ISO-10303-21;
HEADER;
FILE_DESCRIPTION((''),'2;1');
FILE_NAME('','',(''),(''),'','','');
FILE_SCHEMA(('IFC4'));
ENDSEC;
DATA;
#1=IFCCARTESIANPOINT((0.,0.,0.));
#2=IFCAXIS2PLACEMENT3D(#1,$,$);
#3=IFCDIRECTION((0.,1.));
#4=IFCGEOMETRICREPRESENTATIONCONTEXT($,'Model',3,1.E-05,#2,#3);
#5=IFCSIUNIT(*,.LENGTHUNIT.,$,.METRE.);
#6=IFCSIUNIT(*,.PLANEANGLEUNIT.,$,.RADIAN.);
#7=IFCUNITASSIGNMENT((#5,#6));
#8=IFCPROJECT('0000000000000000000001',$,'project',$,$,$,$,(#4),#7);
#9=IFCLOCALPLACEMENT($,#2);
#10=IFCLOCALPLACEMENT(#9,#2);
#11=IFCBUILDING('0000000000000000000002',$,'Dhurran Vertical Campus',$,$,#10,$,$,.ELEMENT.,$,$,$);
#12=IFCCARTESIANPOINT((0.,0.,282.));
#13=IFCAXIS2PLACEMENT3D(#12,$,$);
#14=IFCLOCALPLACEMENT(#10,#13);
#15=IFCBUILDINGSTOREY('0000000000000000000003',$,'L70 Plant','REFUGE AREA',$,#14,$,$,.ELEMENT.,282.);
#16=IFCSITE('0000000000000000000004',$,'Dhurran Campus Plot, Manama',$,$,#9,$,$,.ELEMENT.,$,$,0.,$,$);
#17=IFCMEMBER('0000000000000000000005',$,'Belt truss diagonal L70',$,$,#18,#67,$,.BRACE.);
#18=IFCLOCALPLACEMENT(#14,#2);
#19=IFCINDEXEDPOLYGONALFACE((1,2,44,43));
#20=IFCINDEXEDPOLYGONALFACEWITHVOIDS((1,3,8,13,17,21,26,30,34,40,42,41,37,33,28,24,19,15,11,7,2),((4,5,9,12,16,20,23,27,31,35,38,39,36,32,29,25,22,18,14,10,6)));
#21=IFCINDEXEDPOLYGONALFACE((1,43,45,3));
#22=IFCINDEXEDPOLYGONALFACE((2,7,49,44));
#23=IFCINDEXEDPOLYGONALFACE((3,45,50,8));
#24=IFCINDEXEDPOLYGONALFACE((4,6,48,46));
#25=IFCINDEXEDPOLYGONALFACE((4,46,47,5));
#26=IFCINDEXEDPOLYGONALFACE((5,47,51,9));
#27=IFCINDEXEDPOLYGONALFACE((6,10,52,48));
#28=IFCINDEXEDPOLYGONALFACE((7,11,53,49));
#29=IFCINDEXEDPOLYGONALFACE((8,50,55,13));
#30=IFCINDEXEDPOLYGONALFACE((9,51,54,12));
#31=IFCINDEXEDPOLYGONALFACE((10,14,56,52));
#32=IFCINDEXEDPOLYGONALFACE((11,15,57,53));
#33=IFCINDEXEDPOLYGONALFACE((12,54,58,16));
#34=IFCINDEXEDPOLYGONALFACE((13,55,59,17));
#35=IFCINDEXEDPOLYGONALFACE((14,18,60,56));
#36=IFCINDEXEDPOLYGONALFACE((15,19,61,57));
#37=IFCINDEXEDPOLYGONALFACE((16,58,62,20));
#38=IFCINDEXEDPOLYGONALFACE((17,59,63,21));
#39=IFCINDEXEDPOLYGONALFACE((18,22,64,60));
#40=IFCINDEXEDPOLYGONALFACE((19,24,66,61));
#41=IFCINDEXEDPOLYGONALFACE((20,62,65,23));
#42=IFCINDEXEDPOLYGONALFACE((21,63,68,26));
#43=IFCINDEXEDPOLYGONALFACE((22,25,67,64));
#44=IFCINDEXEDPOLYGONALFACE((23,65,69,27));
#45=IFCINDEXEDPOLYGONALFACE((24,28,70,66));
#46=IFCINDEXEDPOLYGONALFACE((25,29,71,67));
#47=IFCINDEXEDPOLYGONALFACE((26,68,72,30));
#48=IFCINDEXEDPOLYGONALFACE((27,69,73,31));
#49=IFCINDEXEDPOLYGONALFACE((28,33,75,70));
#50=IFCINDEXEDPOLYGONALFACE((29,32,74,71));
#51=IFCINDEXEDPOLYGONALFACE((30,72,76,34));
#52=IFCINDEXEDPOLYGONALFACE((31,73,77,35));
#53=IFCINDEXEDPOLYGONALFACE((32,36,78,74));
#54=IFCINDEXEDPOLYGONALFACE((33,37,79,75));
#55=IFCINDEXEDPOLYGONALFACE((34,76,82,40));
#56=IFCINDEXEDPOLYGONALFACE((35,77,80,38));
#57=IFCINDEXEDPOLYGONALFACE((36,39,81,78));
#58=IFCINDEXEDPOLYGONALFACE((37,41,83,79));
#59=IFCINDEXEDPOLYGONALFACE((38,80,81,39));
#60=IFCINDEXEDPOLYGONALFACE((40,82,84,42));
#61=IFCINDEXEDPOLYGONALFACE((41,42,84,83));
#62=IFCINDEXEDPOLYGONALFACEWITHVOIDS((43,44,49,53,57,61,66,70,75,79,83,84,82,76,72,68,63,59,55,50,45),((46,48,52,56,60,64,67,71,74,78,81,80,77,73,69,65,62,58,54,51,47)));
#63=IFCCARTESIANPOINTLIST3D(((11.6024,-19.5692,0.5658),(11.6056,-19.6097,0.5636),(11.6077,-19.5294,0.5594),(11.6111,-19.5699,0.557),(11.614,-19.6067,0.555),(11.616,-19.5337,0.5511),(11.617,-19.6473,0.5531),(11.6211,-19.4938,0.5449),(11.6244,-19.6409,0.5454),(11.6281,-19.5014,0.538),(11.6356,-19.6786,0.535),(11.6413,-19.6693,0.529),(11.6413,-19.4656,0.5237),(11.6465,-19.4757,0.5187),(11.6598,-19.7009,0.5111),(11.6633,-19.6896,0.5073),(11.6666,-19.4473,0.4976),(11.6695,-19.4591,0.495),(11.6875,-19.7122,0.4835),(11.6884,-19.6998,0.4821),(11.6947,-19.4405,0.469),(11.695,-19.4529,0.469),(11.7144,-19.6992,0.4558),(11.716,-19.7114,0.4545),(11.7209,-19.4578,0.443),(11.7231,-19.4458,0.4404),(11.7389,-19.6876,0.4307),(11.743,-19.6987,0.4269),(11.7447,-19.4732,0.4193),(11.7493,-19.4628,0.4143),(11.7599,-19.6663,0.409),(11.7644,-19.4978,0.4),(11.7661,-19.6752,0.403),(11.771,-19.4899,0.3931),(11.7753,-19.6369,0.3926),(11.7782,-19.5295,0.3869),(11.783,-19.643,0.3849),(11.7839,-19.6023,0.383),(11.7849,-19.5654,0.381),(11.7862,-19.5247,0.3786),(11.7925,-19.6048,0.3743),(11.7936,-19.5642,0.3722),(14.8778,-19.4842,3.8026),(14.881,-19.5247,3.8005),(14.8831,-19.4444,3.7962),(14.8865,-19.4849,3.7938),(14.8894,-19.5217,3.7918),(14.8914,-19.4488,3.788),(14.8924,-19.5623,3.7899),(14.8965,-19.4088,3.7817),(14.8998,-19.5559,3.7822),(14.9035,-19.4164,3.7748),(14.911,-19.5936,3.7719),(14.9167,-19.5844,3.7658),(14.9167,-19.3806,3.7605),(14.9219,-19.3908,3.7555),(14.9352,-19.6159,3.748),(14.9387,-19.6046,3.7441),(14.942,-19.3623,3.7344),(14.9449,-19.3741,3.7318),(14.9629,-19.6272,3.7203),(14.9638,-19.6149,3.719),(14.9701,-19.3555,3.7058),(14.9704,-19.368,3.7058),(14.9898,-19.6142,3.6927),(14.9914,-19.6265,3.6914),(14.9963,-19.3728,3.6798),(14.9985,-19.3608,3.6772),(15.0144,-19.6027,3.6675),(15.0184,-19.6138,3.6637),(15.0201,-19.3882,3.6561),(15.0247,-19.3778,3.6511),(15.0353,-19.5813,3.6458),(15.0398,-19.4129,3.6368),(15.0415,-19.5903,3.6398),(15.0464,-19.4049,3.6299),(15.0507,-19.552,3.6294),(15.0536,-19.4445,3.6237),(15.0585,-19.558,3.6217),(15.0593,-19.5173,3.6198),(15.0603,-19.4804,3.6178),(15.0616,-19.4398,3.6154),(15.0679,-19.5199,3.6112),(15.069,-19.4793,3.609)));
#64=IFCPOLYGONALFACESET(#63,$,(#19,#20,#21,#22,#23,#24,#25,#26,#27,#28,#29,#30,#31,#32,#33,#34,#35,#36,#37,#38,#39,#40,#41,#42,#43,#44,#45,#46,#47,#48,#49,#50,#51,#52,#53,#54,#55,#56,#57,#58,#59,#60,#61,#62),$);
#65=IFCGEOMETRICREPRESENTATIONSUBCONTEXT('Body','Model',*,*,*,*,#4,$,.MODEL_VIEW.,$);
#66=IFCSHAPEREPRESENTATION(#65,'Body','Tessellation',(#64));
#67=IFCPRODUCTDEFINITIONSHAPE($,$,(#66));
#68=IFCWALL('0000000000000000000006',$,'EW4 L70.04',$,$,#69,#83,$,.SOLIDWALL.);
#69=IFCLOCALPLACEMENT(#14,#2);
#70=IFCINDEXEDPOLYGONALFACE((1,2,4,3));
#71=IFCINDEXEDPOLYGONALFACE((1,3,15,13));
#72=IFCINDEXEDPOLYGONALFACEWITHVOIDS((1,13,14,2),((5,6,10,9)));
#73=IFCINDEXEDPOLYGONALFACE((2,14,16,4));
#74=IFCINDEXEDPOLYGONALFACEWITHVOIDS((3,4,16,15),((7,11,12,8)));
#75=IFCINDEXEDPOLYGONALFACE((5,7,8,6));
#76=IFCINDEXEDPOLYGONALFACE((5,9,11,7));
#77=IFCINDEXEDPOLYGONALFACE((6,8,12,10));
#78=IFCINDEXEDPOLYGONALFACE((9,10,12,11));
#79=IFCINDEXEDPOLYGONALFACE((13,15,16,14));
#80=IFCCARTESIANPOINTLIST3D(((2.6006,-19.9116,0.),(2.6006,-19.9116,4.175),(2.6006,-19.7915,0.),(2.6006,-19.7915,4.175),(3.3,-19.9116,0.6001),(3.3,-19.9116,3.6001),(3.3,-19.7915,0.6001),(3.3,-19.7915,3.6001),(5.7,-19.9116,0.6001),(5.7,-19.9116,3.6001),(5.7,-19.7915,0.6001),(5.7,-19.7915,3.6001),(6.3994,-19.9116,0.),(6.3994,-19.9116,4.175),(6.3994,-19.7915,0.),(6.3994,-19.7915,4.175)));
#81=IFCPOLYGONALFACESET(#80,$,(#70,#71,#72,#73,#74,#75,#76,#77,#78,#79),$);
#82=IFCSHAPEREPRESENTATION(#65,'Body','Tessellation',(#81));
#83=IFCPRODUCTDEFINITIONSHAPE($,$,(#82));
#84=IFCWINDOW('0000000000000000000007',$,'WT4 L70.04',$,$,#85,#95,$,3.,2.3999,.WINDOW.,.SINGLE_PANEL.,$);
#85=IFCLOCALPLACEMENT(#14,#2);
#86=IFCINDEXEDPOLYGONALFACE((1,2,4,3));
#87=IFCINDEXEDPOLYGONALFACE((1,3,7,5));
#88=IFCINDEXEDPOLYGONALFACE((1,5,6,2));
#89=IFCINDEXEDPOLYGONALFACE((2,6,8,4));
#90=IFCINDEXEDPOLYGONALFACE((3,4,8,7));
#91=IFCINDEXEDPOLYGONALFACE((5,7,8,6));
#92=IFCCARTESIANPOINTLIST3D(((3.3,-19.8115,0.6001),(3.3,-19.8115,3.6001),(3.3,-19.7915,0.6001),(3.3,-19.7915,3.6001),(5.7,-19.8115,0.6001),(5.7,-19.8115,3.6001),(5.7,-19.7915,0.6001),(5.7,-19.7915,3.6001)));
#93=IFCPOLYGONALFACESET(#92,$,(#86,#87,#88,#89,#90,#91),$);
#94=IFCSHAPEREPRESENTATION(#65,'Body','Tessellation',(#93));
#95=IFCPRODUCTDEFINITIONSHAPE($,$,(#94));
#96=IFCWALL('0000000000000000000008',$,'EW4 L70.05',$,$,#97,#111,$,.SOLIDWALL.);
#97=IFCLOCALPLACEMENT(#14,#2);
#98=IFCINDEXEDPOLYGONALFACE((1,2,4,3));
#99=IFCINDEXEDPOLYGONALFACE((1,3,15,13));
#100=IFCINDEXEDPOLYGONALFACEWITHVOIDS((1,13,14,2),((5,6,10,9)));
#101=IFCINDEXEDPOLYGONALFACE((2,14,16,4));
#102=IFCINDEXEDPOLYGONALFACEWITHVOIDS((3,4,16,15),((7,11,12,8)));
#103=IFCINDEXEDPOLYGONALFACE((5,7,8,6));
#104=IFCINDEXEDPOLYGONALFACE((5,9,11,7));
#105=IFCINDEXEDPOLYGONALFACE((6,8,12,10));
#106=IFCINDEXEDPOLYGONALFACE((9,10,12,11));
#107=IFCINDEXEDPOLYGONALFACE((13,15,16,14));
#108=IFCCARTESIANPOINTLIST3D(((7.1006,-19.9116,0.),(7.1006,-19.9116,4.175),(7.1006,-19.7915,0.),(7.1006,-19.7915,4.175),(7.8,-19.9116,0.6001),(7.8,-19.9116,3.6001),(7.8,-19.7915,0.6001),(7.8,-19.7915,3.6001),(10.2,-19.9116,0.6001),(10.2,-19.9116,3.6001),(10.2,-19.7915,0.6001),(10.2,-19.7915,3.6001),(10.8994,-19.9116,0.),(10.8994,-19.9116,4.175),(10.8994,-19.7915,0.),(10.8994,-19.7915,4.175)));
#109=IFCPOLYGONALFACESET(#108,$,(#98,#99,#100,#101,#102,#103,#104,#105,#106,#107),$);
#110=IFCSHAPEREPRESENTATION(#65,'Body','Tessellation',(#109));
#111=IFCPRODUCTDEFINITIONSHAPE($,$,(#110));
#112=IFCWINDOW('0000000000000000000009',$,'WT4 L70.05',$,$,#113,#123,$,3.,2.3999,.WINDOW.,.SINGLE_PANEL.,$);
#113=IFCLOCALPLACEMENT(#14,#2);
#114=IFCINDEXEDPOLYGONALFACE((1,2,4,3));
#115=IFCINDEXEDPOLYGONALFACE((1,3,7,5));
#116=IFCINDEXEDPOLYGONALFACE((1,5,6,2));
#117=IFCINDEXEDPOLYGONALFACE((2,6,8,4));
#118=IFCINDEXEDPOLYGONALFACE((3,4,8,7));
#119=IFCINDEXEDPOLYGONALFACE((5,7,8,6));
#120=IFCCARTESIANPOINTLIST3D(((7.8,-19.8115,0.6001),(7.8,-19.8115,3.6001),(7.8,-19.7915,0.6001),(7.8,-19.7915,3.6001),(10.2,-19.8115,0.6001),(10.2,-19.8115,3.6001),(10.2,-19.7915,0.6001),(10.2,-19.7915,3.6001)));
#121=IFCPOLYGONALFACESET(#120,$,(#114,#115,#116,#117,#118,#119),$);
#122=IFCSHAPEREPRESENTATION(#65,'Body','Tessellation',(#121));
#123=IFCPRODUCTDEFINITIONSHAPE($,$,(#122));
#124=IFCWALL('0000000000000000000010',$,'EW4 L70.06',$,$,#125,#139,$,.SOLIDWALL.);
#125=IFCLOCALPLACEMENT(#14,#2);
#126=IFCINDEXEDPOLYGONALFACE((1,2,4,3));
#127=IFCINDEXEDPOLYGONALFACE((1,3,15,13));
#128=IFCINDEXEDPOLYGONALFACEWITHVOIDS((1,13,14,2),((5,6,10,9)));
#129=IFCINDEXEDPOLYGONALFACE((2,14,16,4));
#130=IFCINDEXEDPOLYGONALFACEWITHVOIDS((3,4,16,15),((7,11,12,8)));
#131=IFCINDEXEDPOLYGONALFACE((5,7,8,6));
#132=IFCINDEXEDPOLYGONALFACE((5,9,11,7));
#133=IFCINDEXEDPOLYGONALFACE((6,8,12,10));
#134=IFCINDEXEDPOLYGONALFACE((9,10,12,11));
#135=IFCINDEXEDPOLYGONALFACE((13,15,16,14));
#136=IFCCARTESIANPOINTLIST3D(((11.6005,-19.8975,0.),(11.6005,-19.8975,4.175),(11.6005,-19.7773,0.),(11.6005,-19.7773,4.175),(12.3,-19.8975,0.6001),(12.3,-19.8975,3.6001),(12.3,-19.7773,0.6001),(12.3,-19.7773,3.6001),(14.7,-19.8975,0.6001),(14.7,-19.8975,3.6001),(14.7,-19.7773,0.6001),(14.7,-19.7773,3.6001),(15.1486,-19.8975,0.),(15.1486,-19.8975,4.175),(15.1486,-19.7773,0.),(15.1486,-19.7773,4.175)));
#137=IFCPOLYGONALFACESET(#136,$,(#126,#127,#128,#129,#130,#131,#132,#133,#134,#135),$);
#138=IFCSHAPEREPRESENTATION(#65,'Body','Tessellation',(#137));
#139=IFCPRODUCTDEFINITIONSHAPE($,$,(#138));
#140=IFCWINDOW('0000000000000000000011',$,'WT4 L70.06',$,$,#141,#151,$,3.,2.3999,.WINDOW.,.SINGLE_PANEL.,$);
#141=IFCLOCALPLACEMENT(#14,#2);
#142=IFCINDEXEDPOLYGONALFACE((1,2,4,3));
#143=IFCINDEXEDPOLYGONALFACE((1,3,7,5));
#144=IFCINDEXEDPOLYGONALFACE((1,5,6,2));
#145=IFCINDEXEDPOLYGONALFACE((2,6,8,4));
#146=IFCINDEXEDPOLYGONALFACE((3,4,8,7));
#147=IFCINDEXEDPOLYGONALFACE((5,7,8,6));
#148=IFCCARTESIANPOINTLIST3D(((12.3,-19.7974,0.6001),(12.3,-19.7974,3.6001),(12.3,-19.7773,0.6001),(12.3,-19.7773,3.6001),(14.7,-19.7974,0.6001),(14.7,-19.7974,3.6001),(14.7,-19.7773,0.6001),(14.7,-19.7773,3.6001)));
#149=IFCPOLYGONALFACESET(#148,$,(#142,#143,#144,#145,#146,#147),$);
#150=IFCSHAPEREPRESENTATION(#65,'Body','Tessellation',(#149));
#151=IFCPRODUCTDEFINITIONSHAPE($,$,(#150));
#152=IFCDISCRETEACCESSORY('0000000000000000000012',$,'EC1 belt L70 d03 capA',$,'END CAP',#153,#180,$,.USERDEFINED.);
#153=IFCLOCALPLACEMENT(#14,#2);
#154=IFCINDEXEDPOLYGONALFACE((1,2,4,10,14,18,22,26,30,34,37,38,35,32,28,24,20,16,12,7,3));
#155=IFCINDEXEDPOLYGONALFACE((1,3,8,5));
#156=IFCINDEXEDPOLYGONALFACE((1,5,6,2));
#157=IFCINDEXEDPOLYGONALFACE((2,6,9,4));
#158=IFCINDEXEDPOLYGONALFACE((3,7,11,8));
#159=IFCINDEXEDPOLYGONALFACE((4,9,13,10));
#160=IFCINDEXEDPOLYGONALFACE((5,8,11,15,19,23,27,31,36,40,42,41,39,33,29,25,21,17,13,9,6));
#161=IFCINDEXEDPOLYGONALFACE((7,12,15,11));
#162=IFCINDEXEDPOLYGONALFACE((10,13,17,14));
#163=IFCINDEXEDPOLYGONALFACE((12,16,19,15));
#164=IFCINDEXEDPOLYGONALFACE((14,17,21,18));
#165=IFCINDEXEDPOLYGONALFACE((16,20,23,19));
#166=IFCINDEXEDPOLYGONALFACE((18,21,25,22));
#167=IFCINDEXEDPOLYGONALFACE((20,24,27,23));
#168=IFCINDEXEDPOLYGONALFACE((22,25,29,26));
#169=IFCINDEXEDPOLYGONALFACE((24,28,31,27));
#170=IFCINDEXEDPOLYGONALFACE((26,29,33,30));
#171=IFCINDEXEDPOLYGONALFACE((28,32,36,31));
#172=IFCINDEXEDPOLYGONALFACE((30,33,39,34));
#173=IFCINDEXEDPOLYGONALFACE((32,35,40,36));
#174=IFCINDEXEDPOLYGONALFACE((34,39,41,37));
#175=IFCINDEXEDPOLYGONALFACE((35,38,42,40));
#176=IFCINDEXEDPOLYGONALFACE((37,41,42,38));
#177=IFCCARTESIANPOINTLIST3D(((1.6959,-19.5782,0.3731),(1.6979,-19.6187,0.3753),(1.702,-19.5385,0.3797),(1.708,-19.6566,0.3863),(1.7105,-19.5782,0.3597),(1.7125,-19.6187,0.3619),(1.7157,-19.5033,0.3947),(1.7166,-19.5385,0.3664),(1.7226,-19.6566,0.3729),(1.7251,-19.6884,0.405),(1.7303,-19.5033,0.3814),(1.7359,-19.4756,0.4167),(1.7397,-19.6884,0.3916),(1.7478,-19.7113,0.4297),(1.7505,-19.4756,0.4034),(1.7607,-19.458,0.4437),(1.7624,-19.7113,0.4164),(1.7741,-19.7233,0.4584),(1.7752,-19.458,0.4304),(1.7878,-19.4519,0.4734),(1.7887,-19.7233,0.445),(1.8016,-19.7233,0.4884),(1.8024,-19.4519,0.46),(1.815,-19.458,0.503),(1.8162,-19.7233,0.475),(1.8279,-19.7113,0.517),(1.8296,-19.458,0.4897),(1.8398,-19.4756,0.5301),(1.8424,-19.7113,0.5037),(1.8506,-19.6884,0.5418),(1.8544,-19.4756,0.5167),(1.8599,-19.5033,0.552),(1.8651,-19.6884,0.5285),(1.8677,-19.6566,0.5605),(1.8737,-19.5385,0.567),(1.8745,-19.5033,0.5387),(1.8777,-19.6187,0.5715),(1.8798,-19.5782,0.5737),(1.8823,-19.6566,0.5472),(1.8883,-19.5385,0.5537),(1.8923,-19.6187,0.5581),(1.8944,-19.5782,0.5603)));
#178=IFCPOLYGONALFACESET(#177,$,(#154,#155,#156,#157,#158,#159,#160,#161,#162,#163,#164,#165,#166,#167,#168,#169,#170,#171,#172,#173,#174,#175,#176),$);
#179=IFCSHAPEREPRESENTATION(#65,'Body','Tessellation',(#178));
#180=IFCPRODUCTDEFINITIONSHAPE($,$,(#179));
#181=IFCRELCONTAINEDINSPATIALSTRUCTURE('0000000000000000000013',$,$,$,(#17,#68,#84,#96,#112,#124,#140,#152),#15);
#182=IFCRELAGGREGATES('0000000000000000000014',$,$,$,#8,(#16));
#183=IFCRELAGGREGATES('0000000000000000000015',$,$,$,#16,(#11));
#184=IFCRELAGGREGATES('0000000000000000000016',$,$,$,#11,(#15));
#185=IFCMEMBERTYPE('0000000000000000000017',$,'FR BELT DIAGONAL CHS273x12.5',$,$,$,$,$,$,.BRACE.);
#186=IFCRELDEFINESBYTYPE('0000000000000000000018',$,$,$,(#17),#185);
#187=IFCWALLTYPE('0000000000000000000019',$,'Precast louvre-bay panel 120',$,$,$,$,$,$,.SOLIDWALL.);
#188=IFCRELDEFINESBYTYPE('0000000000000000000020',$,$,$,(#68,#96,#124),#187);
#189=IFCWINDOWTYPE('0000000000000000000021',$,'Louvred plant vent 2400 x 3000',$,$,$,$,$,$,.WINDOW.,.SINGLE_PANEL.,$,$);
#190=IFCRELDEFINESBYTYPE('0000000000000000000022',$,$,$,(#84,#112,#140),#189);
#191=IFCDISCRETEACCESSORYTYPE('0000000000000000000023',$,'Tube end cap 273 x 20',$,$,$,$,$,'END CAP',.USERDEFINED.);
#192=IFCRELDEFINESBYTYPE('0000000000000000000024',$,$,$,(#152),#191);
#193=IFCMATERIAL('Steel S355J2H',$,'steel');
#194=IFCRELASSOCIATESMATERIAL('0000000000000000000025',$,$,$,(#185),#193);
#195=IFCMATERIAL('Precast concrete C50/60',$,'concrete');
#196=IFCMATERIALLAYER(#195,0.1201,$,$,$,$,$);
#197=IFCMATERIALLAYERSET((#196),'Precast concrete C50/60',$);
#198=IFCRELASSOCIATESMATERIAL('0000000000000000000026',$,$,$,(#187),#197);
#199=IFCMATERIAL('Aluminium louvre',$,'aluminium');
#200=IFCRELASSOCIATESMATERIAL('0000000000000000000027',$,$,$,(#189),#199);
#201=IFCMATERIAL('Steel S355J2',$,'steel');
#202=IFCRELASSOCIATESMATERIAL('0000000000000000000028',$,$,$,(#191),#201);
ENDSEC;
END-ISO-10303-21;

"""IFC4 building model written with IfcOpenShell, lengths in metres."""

from ifc_helpers import new_model, si_unit, direction, frame, frame_2d, origin, origin_2d, place, context, subcontext, project, spatial, rectangle, circle, hollow_circle, extrude, material, layer, layer_set, material_profile, profile_set, type_object, element, fill, save


model = new_model("IFC4")

# Units and contexts
model_context = context("Model", 3, precision=1e-05, world=origin(), true_north=direction((0.0, 1.0)))
body_context = subcontext(model_context, "Body", "Model", "MODEL_VIEW")
ifc_project = project(units=[si_unit("LENGTHUNIT", "METRE"), si_unit("PLANEANGLEUNIT", "RADIAN")], contexts=[model_context])

# Site, building, storey
site_placement = place(None, origin())
site = spatial("IfcSite", under=ifc_project, at=site_placement, Name="Dhurran Campus Plot, Manama", CompositionType="ELEMENT", RefElevation=0.0)
building_placement = place(site_placement, origin())
building = spatial("IfcBuilding", under=site, at=building_placement, Name="Dhurran Vertical Campus", CompositionType="ELEMENT")
storey_placement = place(building_placement, frame((0.0, 0.0, 282.0)))
storey = spatial("IfcBuildingStorey", under=building, at=storey_placement, Name="L70 Plant", Description="REFUGE AREA", CompositionType="ELEMENT", Elevation=282.0)

# Member
ifc_material_1 = material(Name="Steel S355J2H", Category="steel")
ifc_material_profile_1 = material_profile(ifc_material_1, hollow_circle(Radius=0.1365, WallThickness=0.0125, at=origin_2d()), Name="CHS273x12.5")
ifc_profile_set_1 = profile_set([ifc_material_profile_1], Name="Steel S355J2H")
member_type = type_object("IfcMemberType", Name="FR BELT DIAGONAL CHS273x12.5", PredefinedType="BRACE", material=ifc_profile_set_1)
member_placement = place(storey_placement, frame((11.6982, -19.5769, 0.469), z_axis=(0.711162, 0.018447, 0.702786), x_axis=(-0.02593, 0.999664, 0.0)))
element("IfcMember", 1, at=member_placement, inside=storey, type_object=member_type, Name="Belt truss diagonal L70", PredefinedType="BRACE", context=body_context, shape_type="SweptSolid", body=[
    extrude(hollow_circle(Radius=0.1365, WallThickness=0.0125, at=origin_2d()), origin(), (0.0, 0.0, 1.0), 4.6057),
])

# Walls, openings, windows
ifc_material_2 = material(Name="Precast concrete C50/60", Category="concrete")
ifc_layer = layer(ifc_material_2, 0.1201)
ifc_layer_set = layer_set([ifc_layer], Name="Precast concrete C50/60")
wall_type = type_object("IfcWallType", Name="Precast louvre-bay panel 120", PredefinedType="SOLIDWALL", material=ifc_layer_set)
wall_1_placement = place(storey_placement, frame((2.6006, -19.8516, 0.0), z_axis=(0.0, 0.0, 1.0), x_axis=(1.0, 0.0, 0.0)))
wall_1 = element("IfcWall", 2, at=wall_1_placement, inside=storey, type_object=wall_type, Name="EW4 L70.04", PredefinedType="SOLIDWALL", context=body_context, shape_type="SweptSolid", body=[
    extrude(rectangle(XDim=3.7988, YDim=0.1201, at=frame_2d((1.8994, 0.0))), origin(), (0.0, 0.0, 1.0), 4.175),
])
opening_1_placement = place(wall_1_placement, frame((0.6995, 0.0, 0.6001)))
opening_1 = element("IfcOpeningElement", 3, at=opening_1_placement, cuts=wall_1, PredefinedType="OPENING", context=body_context, shape_type="SweptSolid", body=[
    extrude(rectangle(XDim=2.3999, YDim=3.0, at=frame_2d((1.2, 1.5))), frame((0.0, 0.0701, 0.0), z_axis=(0.0, -1.0, 0.0), x_axis=(1.0, 0.0, 0.0)), (0.0, 0.0, 1.0), 0.1401),
])
ifc_material_3 = material(Name="Aluminium louvre", Category="aluminium")
window_type = type_object("IfcWindowType", Name="Louvred plant vent 2400 x 3000", PartitioningType="SINGLE_PANEL", PredefinedType="WINDOW", material=ifc_material_3)
window_1_placement = place(opening_1_placement, origin())
window_1 = element("IfcWindow", 4, at=window_1_placement, inside=storey, type_object=window_type, Name="WT4 L70.04", OverallHeight=3.0, OverallWidth=2.3999, PartitioningType="SINGLE_PANEL", PredefinedType="WINDOW", context=body_context, shape_type="SweptSolid", body=[
    extrude(rectangle(XDim=2.3999, YDim=3.0, at=frame_2d((1.2, 1.5))), frame((0.0, 0.0601, 0.0), z_axis=(0.0, -1.0, 0.0), x_axis=(1.0, 0.0, 0.0)), (0.0, 0.0, 1.0), 0.02),
])
fill(opening_1, window_1)
wall_2_placement = place(storey_placement, frame((7.1006, -19.8516, 0.0), z_axis=(0.0, 0.0, 1.0), x_axis=(1.0, 0.0, 0.0)))
wall_2 = element("IfcWall", 5, at=wall_2_placement, inside=storey, type_object=wall_type, Name="EW4 L70.05", PredefinedType="SOLIDWALL", context=body_context, shape_type="SweptSolid", body=[
    extrude(rectangle(XDim=3.7988, YDim=0.1201, at=frame_2d((1.8994, 0.0))), origin(), (0.0, 0.0, 1.0), 4.175),
])
opening_2_placement = place(wall_2_placement, frame((0.6995, 0.0, 0.6001)))
opening_2 = element("IfcOpeningElement", 6, at=opening_2_placement, cuts=wall_2, PredefinedType="OPENING", context=body_context, shape_type="SweptSolid", body=[
    extrude(rectangle(XDim=2.3999, YDim=3.0, at=frame_2d((1.2, 1.5))), frame((0.0, 0.0701, 0.0), z_axis=(0.0, -1.0, 0.0), x_axis=(1.0, 0.0, 0.0)), (0.0, 0.0, 1.0), 0.1401),
])
window_2_placement = place(opening_2_placement, origin())
window_2 = element("IfcWindow", 7, at=window_2_placement, inside=storey, type_object=window_type, Name="WT4 L70.05", OverallHeight=3.0, OverallWidth=2.3999, PartitioningType="SINGLE_PANEL", PredefinedType="WINDOW", context=body_context, shape_type="SweptSolid", body=[
    extrude(rectangle(XDim=2.3999, YDim=3.0, at=frame_2d((1.2, 1.5))), frame((0.0, 0.0601, 0.0), z_axis=(0.0, -1.0, 0.0), x_axis=(1.0, 0.0, 0.0)), (0.0, 0.0, 1.0), 0.02),
])
fill(opening_2, window_2)
wall_3_placement = place(storey_placement, frame((11.6006, -19.8374, 0.0), z_axis=(0.0, 0.0, 1.0), x_axis=(1.0, 0.0, 0.0)))
wall_3 = element("IfcWall", 8, at=wall_3_placement, inside=storey, type_object=wall_type, Name="EW4 L70.06", PredefinedType="SOLIDWALL", context=body_context, shape_type="SweptSolid", body=[
    extrude(rectangle(XDim=3.5481, YDim=0.1201, at=frame_2d((1.7739, 0.0))), origin(), (0.0, 0.0, 1.0), 4.175),
])
opening_3_placement = place(wall_3_placement, frame((0.6995, 0.0, 0.6001)))
opening_3 = element("IfcOpeningElement", 9, at=opening_3_placement, cuts=wall_3, PredefinedType="OPENING", context=body_context, shape_type="SweptSolid", body=[
    extrude(rectangle(XDim=2.3999, YDim=3.0, at=frame_2d((1.2, 1.5))), frame((0.0, 0.0701, 0.0), z_axis=(0.0, -1.0, 0.0), x_axis=(1.0, 0.0, 0.0)), (0.0, 0.0, 1.0), 0.1401),
])
window_3_placement = place(opening_3_placement, origin())
window_3 = element("IfcWindow", 10, at=window_3_placement, inside=storey, type_object=window_type, Name="WT4 L70.06", OverallHeight=3.0, OverallWidth=2.3999, PartitioningType="SINGLE_PANEL", PredefinedType="WINDOW", context=body_context, shape_type="SweptSolid", body=[
    extrude(rectangle(XDim=2.3999, YDim=3.0, at=frame_2d((1.2, 1.5))), frame((0.0, 0.0601, 0.0), z_axis=(0.0, -1.0, 0.0), x_axis=(1.0, 0.0, 0.0)), (0.0, 0.0, 1.0), 0.02),
])
fill(opening_3, window_3)

# Discrete accessory
ifc_material_4 = material(Name="Steel S355J2", Category="steel")
ifc_material_profile_2 = material_profile(ifc_material_4, circle(Radius=0.1365, at=origin_2d()), Name="Tube end cap 273 x 20")
ifc_profile_set_2 = profile_set([ifc_material_profile_2], Name="Steel S355J2")
discrete_accessory_type = type_object("IfcDiscreteAccessoryType", Name="Tube end cap 273 x 20", ElementType="END CAP", PredefinedType="USERDEFINED", material=ifc_profile_set_2)
for number, where, z_axis, x_axis, name in (
    (11, (1.7878, -19.5884, 0.4734), (0.737154, 0.0, -0.675725), (0.0, 1.0, 0.0), "EC1 belt L70 d03 capA"),
):
    element("IfcDiscreteAccessory", number, at=place(storey_placement, frame(where, z_axis=z_axis, x_axis=x_axis)), inside=storey, type_object=discrete_accessory_type, Name=name, ObjectType="END CAP", PredefinedType="USERDEFINED", context=body_context, shape_type="SweptSolid", body=[
        extrude(circle(Radius=0.1365, at=origin_2d()), origin(), (0.0, 0.0, 1.0), 0.0198),
    ])

save(model, "model.ifc")
